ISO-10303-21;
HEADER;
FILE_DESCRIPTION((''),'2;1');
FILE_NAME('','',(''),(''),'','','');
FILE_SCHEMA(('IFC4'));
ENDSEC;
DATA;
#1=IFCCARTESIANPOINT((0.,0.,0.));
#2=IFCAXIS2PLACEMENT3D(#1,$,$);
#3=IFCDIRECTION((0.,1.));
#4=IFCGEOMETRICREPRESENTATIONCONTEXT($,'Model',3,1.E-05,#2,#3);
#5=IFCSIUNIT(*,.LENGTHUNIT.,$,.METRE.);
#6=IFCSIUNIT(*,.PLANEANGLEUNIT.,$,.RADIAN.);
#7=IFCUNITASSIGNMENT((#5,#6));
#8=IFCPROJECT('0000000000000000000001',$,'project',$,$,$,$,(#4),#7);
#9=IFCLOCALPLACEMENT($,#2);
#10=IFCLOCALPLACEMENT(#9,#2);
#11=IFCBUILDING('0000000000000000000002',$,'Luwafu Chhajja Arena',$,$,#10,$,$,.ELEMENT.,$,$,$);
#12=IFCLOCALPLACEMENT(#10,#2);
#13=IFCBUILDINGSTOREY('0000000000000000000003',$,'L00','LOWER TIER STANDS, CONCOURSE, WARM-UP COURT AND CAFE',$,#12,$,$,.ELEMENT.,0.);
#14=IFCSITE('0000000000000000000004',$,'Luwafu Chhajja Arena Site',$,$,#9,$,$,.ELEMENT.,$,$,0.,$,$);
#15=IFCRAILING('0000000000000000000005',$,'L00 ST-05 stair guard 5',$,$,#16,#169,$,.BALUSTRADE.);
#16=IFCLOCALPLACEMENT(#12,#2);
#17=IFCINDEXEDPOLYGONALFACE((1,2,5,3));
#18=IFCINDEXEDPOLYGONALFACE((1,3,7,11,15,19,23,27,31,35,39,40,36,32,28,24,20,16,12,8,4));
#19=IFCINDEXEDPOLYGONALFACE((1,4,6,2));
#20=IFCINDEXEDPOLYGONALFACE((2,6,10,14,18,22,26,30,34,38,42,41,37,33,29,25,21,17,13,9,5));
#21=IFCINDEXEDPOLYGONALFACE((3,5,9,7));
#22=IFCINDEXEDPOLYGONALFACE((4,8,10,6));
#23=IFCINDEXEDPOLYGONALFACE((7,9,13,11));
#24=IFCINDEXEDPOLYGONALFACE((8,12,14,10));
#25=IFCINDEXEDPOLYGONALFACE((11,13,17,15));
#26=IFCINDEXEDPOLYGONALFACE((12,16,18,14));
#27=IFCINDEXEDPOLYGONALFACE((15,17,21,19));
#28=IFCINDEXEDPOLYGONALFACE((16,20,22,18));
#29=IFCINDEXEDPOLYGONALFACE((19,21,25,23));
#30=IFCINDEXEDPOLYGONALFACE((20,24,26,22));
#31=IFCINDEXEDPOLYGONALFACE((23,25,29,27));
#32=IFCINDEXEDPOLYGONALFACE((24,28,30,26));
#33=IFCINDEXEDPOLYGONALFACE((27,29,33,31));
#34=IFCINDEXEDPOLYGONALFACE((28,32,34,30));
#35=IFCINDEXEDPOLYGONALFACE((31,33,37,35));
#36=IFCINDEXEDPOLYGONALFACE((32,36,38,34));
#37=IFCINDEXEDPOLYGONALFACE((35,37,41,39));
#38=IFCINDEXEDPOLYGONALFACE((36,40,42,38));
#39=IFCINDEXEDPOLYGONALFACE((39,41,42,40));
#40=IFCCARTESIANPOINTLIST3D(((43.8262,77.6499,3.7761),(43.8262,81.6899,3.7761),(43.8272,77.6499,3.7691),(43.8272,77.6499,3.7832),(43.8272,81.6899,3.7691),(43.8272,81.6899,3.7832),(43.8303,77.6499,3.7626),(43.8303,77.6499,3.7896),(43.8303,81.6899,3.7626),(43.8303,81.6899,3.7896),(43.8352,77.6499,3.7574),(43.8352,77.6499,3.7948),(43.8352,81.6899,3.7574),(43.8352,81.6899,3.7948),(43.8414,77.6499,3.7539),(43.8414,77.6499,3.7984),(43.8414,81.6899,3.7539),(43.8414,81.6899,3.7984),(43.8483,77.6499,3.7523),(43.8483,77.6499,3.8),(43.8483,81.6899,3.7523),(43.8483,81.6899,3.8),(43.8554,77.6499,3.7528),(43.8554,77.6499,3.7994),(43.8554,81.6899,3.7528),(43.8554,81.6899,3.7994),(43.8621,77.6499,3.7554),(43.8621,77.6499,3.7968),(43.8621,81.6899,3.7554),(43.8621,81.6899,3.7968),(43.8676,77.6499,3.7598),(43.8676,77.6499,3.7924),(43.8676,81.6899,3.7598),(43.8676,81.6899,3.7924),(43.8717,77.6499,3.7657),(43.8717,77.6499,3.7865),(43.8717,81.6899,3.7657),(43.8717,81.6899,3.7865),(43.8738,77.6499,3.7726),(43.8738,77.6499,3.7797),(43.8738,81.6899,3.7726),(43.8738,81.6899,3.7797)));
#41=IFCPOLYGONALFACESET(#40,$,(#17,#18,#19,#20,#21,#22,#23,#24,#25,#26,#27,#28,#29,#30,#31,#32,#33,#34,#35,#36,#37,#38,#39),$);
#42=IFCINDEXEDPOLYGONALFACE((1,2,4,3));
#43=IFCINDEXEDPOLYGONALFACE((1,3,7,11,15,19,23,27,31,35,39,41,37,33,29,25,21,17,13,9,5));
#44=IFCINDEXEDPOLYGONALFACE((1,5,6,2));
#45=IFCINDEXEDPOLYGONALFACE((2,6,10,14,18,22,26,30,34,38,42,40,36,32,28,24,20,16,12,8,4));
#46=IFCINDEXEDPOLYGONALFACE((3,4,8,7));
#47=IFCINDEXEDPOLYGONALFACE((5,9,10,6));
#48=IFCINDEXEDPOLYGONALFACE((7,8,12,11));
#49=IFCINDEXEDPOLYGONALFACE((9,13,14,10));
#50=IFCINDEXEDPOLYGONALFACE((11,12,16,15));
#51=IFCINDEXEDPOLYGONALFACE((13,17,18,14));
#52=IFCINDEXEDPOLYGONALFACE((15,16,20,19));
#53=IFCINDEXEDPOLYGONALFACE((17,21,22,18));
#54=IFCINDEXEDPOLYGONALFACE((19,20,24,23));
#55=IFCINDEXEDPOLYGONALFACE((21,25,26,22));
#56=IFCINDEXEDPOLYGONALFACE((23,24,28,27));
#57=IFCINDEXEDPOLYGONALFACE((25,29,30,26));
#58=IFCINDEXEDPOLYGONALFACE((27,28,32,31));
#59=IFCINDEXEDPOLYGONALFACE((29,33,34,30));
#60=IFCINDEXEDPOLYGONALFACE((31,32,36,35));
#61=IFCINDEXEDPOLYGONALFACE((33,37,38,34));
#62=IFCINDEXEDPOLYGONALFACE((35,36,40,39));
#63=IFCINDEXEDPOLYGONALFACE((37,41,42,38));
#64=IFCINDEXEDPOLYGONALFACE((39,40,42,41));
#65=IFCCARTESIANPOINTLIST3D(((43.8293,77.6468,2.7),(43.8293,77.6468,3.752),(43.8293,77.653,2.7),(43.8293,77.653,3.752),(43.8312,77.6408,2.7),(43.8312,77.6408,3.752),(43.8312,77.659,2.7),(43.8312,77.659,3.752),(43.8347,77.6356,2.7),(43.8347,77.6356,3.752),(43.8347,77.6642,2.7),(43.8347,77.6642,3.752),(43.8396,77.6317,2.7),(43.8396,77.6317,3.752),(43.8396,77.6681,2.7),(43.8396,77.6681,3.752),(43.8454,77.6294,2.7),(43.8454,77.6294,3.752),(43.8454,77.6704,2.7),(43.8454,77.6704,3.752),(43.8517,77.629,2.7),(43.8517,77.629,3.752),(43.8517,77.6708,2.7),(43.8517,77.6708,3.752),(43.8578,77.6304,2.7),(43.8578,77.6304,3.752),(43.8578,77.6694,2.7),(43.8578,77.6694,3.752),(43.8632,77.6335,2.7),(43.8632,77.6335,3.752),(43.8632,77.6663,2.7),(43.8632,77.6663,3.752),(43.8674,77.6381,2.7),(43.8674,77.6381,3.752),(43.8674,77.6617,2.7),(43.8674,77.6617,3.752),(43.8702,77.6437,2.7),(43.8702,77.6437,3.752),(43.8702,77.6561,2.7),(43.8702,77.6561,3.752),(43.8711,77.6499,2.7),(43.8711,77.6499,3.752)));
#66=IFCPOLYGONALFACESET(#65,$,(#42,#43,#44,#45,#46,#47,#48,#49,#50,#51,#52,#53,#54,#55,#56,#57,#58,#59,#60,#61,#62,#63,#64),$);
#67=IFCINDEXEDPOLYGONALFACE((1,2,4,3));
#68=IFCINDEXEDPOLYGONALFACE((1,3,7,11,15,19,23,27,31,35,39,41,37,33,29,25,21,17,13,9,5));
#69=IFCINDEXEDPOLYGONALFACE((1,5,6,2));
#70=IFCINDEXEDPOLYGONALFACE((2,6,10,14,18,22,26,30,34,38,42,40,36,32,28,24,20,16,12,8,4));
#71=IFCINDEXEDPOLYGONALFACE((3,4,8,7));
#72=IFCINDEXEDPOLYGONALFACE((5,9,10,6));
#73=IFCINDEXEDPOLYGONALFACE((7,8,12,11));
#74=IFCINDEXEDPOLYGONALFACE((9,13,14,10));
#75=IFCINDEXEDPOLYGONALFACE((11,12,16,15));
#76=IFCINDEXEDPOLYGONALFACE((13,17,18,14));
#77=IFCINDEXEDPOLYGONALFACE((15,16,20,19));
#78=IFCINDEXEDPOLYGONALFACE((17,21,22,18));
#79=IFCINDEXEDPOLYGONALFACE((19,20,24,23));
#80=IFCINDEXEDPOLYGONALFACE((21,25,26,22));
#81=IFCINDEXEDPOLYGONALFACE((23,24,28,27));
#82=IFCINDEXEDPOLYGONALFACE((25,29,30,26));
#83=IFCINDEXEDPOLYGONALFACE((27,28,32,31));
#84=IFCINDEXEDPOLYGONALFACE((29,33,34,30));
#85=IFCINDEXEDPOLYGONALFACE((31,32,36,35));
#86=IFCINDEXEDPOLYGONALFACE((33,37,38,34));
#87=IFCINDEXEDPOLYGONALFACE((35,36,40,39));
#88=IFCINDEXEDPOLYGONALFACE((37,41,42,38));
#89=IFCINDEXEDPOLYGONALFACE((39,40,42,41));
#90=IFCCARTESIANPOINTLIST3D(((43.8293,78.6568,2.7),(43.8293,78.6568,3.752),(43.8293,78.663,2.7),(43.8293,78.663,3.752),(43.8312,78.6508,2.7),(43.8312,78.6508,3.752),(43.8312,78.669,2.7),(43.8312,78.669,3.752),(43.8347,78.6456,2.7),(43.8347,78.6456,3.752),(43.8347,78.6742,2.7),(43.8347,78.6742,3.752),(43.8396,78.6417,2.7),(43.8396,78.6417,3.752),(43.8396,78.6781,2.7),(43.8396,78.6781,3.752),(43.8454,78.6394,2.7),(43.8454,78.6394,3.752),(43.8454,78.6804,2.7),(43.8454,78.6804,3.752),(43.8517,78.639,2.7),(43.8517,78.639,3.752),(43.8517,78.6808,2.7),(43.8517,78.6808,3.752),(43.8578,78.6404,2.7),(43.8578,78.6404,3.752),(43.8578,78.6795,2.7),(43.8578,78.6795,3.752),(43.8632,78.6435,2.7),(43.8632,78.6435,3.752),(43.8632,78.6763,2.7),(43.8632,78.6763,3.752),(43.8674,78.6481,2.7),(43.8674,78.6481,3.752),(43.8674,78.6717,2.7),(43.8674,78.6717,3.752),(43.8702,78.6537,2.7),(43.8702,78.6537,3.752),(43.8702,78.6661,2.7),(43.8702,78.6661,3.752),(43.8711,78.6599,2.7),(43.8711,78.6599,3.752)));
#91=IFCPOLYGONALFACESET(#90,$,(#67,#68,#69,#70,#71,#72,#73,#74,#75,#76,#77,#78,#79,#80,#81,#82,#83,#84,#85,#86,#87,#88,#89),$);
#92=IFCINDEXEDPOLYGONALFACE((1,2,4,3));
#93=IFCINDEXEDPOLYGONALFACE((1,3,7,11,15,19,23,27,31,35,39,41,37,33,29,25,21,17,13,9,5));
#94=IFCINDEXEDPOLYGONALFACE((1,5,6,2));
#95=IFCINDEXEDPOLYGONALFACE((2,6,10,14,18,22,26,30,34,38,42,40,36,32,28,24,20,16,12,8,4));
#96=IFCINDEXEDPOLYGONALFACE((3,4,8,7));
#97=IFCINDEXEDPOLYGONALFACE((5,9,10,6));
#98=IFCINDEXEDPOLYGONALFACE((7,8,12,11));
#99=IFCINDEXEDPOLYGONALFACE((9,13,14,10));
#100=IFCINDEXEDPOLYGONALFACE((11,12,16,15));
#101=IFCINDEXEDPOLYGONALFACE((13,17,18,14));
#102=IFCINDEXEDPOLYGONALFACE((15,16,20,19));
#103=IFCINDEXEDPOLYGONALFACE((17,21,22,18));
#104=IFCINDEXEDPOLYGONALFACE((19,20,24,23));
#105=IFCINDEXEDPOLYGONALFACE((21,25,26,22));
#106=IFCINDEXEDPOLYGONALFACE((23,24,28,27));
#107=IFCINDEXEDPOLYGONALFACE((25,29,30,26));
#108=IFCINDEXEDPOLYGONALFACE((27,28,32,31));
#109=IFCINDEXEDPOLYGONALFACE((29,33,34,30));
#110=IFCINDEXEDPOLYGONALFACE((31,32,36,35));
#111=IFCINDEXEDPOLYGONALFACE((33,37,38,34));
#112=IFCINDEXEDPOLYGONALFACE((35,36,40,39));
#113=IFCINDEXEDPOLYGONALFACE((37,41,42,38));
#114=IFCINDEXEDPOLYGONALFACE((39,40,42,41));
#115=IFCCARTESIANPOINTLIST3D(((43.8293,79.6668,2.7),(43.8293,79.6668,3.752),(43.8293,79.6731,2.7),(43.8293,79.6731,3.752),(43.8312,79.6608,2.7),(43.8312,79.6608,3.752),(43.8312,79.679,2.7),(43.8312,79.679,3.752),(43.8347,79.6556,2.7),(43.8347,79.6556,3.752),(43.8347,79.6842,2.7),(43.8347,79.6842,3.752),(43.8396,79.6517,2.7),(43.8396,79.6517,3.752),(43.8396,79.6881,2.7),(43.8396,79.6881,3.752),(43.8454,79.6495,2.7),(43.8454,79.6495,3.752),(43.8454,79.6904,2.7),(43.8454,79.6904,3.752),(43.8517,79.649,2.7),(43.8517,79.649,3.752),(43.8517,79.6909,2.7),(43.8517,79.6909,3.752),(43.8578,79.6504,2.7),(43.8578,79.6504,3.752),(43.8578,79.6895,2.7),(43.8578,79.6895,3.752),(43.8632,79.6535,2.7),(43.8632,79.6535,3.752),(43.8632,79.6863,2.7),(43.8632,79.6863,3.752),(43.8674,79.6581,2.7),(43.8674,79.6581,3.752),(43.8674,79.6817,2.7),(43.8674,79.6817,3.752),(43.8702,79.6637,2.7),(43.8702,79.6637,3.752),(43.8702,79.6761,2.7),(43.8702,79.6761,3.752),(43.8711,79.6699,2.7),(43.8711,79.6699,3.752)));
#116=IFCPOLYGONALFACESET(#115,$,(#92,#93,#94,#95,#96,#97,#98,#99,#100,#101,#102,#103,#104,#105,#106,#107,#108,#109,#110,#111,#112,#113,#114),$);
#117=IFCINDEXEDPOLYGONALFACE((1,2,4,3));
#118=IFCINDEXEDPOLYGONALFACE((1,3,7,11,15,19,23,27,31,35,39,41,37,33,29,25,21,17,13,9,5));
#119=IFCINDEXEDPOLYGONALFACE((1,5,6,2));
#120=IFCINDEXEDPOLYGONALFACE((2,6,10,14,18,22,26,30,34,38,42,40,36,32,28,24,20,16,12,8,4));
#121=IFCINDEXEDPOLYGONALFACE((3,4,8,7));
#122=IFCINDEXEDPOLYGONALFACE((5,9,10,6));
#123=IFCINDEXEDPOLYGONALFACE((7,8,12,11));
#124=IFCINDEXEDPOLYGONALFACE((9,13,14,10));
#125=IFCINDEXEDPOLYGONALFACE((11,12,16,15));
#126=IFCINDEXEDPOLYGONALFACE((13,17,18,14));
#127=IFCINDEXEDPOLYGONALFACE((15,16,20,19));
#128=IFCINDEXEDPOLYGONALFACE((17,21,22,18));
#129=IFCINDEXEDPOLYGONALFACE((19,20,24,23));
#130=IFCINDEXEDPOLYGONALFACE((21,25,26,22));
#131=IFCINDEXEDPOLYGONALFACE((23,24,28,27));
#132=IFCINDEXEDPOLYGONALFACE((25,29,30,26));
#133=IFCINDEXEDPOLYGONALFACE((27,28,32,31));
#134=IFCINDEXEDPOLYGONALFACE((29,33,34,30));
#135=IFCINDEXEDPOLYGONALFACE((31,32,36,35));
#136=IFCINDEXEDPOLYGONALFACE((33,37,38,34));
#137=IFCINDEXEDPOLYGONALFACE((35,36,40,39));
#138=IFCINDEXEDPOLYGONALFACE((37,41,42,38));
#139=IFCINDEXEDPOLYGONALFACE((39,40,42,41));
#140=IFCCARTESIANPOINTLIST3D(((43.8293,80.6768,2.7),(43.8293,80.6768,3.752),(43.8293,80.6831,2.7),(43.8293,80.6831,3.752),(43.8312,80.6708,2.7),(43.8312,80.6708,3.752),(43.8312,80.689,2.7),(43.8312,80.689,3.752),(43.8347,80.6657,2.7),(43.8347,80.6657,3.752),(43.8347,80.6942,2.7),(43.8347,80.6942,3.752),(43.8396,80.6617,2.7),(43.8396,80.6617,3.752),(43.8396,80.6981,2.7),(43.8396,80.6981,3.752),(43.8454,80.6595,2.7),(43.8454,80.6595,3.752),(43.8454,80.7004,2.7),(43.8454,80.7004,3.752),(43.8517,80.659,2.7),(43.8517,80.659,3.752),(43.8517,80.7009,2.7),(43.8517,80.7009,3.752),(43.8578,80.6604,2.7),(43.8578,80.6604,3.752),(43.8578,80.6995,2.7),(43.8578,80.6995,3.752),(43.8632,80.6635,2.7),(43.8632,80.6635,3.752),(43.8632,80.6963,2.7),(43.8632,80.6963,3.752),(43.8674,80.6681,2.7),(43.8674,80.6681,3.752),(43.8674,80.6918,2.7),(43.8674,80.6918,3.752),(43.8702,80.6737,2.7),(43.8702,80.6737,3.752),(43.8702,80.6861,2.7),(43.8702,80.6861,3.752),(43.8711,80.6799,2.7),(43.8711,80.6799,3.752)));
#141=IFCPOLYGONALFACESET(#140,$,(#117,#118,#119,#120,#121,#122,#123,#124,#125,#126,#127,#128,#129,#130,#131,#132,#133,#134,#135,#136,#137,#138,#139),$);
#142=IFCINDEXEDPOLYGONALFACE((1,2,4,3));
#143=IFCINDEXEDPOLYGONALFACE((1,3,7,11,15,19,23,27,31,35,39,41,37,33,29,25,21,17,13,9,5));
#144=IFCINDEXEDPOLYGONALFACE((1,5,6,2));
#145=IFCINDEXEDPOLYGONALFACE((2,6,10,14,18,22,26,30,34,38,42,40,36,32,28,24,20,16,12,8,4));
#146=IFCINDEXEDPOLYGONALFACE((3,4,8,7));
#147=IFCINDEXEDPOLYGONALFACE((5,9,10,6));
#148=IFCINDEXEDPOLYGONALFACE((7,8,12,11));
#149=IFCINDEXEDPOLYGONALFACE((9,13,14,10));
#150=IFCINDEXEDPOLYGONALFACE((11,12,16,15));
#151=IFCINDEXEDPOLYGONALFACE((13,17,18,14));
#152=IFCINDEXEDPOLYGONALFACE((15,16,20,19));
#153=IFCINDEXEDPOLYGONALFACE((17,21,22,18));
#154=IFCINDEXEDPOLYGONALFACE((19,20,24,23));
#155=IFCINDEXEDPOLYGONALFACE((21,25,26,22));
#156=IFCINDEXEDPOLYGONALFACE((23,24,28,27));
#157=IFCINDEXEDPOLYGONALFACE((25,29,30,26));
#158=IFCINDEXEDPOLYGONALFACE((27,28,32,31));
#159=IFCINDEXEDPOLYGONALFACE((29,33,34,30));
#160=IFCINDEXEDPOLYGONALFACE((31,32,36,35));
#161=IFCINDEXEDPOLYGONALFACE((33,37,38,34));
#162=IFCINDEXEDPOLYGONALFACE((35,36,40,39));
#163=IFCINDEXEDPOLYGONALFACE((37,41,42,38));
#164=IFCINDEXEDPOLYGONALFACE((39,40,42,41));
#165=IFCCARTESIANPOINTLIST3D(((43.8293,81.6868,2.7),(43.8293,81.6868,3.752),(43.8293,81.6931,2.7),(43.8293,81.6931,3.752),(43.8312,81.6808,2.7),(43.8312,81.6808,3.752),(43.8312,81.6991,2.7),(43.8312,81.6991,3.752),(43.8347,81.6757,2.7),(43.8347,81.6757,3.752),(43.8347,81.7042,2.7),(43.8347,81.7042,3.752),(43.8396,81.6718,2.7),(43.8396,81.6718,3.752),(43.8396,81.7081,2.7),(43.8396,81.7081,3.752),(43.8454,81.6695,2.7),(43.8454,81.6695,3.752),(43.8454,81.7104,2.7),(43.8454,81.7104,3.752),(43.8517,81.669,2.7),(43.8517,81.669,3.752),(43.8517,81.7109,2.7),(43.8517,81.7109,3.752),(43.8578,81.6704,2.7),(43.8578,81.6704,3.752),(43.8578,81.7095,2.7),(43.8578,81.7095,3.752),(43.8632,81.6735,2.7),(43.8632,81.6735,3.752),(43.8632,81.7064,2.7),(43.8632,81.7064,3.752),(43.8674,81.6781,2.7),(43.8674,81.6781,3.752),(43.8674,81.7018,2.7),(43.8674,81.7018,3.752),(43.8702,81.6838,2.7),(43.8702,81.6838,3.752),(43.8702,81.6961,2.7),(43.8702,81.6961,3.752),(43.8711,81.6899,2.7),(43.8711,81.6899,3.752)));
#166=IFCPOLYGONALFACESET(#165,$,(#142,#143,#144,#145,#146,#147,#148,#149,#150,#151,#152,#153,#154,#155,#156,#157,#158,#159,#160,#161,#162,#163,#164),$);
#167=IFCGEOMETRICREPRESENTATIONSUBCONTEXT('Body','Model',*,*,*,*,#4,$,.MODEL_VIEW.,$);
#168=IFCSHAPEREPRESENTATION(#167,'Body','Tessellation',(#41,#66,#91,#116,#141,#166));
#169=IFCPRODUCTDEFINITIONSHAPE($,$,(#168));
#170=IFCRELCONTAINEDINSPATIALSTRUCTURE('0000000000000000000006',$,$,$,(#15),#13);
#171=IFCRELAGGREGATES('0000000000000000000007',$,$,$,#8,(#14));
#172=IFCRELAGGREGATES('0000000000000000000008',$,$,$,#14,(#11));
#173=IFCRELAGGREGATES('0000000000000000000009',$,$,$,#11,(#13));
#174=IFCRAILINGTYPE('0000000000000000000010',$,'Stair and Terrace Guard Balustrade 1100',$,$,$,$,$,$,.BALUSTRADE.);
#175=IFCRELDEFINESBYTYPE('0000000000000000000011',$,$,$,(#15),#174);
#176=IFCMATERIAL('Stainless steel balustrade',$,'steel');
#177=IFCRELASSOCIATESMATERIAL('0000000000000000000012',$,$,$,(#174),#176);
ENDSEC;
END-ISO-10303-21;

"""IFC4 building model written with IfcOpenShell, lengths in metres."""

from ifc_helpers import new_model, si_unit, direction, frame, origin, origin_2d, place, context, subcontext, project, spatial, circle, extrude, material, type_object, element, save


model = new_model("IFC4")

# Units and contexts
model_context = context("Model", 3, precision=1e-05, world=origin(), true_north=direction((0.0, 1.0)))
body_context = subcontext(model_context, "Body", "Model", "MODEL_VIEW")
ifc_project = project(units=[si_unit("LENGTHUNIT", "METRE"), si_unit("PLANEANGLEUNIT", "RADIAN")], contexts=[model_context])

# Site, building, storey
site_placement = place(None, origin())
site = spatial("IfcSite", under=ifc_project, at=site_placement, Name="Luwafu Chhajja Arena Site", CompositionType="ELEMENT", RefElevation=0.0)
building_placement = place(site_placement, origin())
building = spatial("IfcBuilding", under=site, at=building_placement, Name="Luwafu Chhajja Arena", CompositionType="ELEMENT")
storey_placement = place(building_placement, origin())
storey = spatial("IfcBuildingStorey", under=building, at=storey_placement, Name="L00", Description="LOWER TIER STANDS, CONCOURSE, WARM-UP COURT AND CAFE", CompositionType="ELEMENT", Elevation=0.0)

# Railing
ifc_material_1 = material(Name="Stainless steel balustrade", Category="steel")
railing_type_1 = type_object("IfcRailingType", Name="Stair and Terrace Guard Balustrade 1100", PredefinedType="BALUSTRADE", material=ifc_material_1)
railing_1_placement = place(storey_placement, frame((43.8501, 77.6499, 2.7)))
element("IfcRailing", 1, at=railing_1_placement, inside=storey, type_object=railing_type_1, Name="L00 ST-05 stair guard 5", PredefinedType="BALUSTRADE", context=body_context, shape_type="SweptSolid", body=[
    extrude(circle(Radius=0.0239, at=origin_2d()), frame((0.0, 0.0, 1.0762), z_axis=(0.0, 1.0, 0.0), x_axis=(-1.0, 0.0, 0.0)), (0.0, 0.0, 1.0), 4.04),
    extrude(circle(Radius=0.021, at=origin_2d()), origin(), (0.0, 0.0, 1.0), 1.052),
    extrude(circle(Radius=0.021, at=origin_2d()), frame((0.0, 1.01, 0.0)), (0.0, 0.0, 1.0), 1.052),
    extrude(circle(Radius=0.021, at=origin_2d()), frame((0.0, 2.02, 0.0)), (0.0, 0.0, 1.0), 1.052),
    extrude(circle(Radius=0.021, at=origin_2d()), frame((0.0, 3.03, 0.0)), (0.0, 0.0, 1.0), 1.052),
    extrude(circle(Radius=0.021, at=origin_2d()), frame((0.0, 4.04, 0.0)), (0.0, 0.0, 1.0), 1.052),
])

save(model, "model.ifc")
